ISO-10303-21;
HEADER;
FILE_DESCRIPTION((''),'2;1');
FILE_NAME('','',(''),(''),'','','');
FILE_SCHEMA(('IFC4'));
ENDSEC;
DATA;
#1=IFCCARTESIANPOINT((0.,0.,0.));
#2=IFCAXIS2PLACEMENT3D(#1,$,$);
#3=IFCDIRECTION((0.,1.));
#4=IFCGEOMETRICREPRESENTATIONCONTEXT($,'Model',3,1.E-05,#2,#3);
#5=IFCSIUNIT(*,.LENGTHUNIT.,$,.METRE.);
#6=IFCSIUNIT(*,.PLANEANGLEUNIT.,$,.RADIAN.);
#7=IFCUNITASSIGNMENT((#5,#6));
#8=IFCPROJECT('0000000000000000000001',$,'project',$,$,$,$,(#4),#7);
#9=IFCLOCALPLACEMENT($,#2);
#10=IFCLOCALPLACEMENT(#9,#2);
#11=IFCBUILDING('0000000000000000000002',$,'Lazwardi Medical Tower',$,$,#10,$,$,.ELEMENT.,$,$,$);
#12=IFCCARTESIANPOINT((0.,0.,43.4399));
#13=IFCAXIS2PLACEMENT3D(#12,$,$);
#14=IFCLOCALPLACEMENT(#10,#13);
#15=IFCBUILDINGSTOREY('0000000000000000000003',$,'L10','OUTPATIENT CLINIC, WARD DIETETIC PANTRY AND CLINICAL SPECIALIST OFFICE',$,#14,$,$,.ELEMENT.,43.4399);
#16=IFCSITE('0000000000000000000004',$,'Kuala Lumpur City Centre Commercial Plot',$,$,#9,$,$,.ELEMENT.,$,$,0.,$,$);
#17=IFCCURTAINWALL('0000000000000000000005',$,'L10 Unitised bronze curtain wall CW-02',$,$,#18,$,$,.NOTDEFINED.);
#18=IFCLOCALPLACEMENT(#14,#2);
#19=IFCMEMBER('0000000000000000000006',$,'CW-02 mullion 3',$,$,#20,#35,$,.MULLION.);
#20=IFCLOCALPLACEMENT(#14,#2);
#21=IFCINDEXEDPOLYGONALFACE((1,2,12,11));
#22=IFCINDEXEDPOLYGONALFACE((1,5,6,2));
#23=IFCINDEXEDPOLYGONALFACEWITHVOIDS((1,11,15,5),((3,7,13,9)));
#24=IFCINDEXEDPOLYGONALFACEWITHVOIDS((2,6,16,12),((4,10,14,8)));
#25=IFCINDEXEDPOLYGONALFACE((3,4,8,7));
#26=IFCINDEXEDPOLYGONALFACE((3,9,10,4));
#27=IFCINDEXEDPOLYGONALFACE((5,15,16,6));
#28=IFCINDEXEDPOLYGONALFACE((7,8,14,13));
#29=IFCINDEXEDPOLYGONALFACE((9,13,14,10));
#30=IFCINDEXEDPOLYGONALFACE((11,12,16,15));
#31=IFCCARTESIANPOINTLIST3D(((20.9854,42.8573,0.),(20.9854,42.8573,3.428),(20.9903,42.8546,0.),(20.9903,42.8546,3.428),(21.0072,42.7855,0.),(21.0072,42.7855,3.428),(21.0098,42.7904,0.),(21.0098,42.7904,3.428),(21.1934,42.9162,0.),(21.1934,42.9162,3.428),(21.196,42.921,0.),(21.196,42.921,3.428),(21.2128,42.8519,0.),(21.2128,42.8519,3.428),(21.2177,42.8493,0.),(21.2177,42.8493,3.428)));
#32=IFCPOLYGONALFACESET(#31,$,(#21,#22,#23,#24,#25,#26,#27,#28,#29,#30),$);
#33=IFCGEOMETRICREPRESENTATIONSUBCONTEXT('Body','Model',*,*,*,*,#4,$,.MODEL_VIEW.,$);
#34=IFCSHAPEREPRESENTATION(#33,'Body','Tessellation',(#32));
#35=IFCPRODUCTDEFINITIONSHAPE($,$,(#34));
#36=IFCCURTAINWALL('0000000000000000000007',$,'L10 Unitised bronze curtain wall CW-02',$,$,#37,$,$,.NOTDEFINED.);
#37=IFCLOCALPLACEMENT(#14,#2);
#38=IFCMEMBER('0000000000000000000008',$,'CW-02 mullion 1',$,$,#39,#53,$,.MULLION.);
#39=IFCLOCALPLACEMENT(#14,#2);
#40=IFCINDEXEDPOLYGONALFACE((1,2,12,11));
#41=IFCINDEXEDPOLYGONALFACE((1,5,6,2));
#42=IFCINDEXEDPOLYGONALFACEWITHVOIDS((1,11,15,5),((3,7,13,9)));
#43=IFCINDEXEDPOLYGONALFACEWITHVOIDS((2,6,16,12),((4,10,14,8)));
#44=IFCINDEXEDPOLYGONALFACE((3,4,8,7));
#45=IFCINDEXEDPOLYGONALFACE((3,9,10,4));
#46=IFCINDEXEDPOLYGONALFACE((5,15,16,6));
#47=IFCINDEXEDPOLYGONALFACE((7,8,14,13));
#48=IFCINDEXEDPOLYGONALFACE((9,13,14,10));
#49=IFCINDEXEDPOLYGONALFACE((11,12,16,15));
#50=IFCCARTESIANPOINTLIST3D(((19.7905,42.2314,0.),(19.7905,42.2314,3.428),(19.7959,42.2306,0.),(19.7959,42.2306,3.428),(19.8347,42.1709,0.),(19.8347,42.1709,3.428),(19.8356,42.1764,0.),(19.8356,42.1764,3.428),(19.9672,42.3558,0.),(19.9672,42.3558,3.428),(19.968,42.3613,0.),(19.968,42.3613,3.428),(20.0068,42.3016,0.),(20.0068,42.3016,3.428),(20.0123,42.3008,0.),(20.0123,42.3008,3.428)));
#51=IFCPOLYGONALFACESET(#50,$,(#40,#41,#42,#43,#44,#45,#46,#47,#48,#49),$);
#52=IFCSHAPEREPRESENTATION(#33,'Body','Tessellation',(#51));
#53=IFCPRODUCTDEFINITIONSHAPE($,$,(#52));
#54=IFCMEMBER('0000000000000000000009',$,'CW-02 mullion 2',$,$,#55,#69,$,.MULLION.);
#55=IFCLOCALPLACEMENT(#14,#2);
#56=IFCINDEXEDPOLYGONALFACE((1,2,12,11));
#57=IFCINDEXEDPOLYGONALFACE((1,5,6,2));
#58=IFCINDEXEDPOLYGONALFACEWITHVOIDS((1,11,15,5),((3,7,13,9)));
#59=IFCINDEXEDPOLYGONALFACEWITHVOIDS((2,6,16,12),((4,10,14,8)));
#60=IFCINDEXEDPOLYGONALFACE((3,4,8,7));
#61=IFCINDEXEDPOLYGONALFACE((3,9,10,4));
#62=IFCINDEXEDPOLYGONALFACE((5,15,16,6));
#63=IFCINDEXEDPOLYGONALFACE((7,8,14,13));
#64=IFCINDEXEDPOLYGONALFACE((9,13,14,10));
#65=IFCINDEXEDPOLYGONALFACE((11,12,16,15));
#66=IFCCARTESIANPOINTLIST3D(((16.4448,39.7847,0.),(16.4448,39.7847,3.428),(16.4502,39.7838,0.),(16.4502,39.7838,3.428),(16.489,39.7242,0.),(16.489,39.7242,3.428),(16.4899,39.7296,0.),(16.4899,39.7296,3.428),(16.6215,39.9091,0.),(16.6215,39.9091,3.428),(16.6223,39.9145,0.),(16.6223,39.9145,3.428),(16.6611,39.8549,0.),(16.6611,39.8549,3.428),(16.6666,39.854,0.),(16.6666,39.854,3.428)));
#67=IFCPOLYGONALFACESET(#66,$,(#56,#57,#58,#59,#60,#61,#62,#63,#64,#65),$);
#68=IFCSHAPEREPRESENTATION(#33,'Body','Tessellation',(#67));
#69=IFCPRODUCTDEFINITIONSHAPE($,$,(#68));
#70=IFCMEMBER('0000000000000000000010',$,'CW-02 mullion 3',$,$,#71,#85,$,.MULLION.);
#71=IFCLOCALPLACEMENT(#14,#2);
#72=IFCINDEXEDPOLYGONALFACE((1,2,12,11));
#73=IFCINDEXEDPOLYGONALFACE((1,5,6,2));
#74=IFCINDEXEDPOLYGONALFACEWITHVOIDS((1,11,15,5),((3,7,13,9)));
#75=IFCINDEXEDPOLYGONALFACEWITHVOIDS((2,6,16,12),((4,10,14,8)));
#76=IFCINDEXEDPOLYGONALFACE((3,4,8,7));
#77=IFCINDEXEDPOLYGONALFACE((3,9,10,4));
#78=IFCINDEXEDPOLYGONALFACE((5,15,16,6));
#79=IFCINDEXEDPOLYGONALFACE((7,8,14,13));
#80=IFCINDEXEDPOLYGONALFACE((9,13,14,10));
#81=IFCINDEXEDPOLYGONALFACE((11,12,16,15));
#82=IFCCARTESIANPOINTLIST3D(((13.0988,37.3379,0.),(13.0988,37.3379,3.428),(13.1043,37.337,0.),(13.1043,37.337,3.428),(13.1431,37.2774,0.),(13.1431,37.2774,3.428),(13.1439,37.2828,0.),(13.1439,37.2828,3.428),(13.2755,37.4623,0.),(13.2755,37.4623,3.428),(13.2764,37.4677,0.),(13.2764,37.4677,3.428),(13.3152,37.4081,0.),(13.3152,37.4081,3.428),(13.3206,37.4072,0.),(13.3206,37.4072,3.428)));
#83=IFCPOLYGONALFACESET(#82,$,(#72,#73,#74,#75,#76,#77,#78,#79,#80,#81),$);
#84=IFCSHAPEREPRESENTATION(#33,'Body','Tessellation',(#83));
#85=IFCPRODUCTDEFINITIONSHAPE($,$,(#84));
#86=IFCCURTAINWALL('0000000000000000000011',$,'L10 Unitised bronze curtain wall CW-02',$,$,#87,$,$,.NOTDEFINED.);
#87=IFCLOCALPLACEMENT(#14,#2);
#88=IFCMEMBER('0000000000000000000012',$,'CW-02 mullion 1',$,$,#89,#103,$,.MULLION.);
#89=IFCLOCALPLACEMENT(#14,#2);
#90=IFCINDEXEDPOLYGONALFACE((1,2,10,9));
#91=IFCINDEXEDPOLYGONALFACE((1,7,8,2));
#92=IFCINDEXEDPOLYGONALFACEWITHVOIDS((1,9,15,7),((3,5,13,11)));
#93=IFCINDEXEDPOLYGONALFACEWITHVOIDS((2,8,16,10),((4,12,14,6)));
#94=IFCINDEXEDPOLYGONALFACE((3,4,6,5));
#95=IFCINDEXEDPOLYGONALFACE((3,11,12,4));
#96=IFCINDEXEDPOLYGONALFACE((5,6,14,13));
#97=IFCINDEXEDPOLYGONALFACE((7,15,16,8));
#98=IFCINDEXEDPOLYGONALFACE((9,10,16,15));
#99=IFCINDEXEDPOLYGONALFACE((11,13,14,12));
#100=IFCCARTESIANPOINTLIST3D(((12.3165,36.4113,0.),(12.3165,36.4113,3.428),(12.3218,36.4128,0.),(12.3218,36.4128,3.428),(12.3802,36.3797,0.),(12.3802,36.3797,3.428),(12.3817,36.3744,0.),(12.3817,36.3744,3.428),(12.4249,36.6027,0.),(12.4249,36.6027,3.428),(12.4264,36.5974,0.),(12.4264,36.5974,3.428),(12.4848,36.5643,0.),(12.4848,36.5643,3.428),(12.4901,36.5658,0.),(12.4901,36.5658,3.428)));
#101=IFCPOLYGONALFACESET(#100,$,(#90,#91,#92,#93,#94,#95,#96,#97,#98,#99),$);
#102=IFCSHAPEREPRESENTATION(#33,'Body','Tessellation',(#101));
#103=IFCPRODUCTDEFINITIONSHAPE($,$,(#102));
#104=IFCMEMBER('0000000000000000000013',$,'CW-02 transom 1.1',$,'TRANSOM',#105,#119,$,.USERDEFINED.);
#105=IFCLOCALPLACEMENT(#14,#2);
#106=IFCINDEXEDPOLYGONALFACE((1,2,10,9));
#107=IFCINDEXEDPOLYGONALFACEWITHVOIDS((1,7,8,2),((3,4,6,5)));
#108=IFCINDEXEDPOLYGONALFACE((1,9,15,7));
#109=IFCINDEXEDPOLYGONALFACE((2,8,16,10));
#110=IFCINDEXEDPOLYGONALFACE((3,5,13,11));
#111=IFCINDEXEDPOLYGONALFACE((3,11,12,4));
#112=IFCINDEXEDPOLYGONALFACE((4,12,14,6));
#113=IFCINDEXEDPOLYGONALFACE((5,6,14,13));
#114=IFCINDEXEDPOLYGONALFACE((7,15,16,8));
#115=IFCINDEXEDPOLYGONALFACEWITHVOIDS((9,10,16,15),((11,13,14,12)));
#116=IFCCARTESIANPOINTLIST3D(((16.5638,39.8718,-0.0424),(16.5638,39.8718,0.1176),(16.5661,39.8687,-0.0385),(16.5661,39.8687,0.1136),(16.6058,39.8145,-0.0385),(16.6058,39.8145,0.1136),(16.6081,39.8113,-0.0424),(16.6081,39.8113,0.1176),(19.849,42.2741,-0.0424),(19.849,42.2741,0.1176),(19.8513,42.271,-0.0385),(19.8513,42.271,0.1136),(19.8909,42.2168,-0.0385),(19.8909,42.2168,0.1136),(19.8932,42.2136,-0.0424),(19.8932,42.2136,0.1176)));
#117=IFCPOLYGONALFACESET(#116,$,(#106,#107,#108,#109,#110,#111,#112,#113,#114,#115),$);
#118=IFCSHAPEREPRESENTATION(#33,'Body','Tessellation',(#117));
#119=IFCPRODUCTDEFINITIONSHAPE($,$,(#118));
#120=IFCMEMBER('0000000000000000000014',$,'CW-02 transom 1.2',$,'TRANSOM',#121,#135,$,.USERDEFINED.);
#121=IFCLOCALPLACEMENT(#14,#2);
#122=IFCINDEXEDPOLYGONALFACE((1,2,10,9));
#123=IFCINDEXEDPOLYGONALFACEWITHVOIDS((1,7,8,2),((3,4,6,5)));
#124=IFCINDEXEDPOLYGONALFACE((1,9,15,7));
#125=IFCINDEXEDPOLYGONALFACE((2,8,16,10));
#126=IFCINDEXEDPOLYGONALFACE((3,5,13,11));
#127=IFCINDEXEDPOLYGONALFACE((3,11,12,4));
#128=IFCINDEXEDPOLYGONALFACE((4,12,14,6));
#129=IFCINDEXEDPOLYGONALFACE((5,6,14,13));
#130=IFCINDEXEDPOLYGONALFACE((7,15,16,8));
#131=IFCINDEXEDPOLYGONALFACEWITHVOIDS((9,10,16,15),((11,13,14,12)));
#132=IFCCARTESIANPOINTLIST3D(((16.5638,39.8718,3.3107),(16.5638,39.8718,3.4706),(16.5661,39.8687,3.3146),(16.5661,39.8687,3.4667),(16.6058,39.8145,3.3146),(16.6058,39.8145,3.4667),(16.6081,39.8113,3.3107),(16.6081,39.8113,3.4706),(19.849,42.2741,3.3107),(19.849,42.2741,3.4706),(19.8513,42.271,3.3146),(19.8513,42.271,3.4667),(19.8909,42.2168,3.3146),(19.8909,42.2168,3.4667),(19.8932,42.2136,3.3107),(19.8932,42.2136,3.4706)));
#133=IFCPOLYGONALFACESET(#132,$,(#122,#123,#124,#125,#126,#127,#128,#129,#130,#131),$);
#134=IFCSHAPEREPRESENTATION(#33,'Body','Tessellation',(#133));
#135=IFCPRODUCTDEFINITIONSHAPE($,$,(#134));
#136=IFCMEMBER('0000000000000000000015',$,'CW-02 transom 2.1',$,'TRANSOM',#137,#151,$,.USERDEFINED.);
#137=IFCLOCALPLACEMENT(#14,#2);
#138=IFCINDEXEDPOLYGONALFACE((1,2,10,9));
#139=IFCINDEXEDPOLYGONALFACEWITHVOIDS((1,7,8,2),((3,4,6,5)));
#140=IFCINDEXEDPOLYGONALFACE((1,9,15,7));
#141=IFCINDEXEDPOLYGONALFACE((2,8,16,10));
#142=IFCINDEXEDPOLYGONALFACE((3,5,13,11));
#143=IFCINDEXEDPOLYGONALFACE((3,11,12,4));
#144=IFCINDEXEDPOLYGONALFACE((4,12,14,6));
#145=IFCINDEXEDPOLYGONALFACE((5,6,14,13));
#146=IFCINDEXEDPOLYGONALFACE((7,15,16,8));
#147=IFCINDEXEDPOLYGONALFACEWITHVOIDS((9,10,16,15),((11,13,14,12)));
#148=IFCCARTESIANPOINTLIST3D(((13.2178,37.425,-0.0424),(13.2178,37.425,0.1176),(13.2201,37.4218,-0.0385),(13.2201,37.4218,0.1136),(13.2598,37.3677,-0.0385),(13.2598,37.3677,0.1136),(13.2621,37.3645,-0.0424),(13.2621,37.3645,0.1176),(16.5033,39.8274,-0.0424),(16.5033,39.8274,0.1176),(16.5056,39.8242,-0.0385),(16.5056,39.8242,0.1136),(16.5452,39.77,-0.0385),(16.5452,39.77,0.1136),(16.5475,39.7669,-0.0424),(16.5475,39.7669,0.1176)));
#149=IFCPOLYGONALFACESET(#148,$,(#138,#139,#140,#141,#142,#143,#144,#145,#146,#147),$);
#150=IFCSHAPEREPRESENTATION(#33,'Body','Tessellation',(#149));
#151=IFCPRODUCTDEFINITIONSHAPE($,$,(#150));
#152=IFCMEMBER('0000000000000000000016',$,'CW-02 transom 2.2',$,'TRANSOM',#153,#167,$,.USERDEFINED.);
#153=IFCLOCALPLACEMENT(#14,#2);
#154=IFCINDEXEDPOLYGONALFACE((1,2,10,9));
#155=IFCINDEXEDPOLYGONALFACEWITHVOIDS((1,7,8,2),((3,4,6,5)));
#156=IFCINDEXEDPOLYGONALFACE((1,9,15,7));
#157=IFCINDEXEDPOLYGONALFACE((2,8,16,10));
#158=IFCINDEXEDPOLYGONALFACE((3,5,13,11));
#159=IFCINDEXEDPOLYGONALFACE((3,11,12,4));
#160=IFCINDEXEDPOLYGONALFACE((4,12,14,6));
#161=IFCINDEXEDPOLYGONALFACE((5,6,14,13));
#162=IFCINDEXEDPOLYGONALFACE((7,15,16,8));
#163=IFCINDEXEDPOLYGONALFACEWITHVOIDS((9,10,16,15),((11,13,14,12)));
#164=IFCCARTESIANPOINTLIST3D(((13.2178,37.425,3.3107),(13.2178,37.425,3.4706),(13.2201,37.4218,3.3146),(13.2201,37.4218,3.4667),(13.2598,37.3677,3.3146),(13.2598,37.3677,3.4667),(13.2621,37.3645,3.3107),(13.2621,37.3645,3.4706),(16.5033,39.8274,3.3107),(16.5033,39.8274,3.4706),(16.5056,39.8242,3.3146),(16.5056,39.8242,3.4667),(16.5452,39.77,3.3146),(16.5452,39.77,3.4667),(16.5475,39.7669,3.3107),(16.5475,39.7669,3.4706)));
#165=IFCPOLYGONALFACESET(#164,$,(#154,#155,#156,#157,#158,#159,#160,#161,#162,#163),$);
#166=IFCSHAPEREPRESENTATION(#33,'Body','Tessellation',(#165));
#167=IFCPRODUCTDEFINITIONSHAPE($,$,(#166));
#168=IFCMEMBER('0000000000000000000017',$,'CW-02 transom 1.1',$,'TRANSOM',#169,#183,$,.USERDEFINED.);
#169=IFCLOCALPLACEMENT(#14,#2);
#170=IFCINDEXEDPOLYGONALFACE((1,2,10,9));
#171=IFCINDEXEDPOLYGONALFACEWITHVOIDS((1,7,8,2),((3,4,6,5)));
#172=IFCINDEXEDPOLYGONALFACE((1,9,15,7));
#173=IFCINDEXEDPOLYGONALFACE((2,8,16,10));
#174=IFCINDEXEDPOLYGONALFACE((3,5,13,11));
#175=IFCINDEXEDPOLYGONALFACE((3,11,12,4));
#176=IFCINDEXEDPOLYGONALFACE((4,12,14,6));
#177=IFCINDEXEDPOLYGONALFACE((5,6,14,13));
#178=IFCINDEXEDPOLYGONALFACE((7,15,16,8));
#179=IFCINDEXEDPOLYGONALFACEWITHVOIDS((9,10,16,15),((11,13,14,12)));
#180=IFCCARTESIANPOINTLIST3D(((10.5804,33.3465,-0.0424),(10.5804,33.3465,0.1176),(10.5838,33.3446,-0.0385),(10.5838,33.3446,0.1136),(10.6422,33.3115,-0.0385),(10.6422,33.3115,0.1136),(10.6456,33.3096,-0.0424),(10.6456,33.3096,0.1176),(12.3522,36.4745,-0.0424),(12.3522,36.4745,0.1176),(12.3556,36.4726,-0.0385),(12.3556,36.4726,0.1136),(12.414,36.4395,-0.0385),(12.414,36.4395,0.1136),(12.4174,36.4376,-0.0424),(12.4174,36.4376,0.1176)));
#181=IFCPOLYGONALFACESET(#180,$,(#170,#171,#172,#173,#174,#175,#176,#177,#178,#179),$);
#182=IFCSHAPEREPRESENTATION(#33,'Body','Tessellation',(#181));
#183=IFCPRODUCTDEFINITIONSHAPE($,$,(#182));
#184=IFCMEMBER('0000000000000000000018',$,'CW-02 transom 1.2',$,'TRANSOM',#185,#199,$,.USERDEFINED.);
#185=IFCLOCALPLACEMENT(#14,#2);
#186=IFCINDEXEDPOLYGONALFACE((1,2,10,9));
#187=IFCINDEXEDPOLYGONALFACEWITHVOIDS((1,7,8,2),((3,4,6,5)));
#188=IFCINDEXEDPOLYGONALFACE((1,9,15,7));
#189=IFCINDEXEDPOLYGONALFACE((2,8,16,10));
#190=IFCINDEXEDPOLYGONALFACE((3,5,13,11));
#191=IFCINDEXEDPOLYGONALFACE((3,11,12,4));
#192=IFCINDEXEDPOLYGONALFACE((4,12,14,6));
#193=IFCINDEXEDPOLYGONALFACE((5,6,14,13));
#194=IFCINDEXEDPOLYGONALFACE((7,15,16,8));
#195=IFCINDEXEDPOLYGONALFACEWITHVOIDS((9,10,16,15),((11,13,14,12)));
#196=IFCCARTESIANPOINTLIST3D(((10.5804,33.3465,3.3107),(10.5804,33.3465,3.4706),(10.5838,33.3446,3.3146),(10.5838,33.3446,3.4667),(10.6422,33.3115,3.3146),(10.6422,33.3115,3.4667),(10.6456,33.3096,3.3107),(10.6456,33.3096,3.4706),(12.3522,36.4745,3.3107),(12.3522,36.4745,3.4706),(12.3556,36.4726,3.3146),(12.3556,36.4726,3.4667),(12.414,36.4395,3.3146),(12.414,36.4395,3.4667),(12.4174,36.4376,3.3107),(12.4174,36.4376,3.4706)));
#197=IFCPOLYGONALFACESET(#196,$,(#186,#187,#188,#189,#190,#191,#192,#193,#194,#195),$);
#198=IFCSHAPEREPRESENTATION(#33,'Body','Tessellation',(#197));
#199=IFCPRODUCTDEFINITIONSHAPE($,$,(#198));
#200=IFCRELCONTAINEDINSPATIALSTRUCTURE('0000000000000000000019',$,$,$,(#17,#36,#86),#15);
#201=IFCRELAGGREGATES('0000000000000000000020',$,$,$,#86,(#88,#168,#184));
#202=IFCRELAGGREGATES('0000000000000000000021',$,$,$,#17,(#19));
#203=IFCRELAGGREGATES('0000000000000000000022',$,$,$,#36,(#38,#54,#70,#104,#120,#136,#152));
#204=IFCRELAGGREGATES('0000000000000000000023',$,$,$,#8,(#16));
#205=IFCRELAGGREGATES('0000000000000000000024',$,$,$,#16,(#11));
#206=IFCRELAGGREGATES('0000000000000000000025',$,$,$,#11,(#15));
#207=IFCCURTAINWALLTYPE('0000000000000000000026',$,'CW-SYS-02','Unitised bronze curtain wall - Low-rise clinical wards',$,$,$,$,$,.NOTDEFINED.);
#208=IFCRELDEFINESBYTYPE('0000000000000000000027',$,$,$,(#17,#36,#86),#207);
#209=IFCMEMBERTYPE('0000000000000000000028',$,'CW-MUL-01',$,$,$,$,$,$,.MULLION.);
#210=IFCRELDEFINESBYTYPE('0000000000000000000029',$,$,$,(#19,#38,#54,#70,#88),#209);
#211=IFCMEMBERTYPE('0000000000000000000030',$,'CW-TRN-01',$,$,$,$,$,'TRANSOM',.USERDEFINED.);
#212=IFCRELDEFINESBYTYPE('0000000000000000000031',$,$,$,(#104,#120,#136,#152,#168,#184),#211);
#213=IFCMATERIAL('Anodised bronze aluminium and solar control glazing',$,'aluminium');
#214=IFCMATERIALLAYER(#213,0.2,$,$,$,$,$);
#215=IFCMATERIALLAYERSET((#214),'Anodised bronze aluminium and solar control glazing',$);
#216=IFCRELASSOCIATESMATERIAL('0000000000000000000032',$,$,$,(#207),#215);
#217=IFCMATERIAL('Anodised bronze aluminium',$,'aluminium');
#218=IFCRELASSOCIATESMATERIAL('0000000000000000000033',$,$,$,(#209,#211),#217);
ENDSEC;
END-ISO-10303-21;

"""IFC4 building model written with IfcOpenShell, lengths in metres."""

from ifc_helpers import new_model, si_unit, direction, frame, origin, origin_2d, place, context, subcontext, project, spatial, hollow_rectangle, extrude, material, layer, layer_set, material_profile, profile_set, type_object, element, aggregate, save


model = new_model("IFC4")

# Units and contexts
model_context = context("Model", 3, precision=1e-05, world=origin(), true_north=direction((0.0, 1.0)))
body_context = subcontext(model_context, "Body", "Model", "MODEL_VIEW")
ifc_project = project(units=[si_unit("LENGTHUNIT", "METRE"), si_unit("PLANEANGLEUNIT", "RADIAN")], contexts=[model_context])

# Site, building, storey
site_placement = place(None, origin())
site = spatial("IfcSite", under=ifc_project, at=site_placement, Name="Kuala Lumpur City Centre Commercial Plot", CompositionType="ELEMENT", RefElevation=0.0)
building_placement = place(site_placement, origin())
building = spatial("IfcBuilding", under=site, at=building_placement, Name="Lazwardi Medical Tower", CompositionType="ELEMENT")
storey_placement = place(building_placement, frame((0.0, 0.0, 43.4399)))
storey = spatial("IfcBuildingStorey", under=building, at=storey_placement, Name="L10", Description="OUTPATIENT CLINIC, WARD DIETETIC PANTRY AND CLINICAL SPECIALIST OFFICE", CompositionType="ELEMENT", Elevation=43.4399)

# Curtain wall, member
ifc_material_1 = material(Name="Anodised bronze aluminium and solar control glazing", Category="aluminium")
ifc_layer_1 = layer(ifc_material_1, 0.2)
ifc_layer_set_1 = layer_set([ifc_layer_1], Name="Anodised bronze aluminium and solar control glazing")
curtain_wall_type = type_object("IfcCurtainWallType", Name="CW-SYS-02", Description="Unitised bronze curtain wall - Low-rise clinical wards", PredefinedType="NOTDEFINED", material=ifc_layer_set_1)
curtain_wall_1_placement = place(storey_placement, origin())
curtain_wall_1 = element("IfcCurtainWall", 1, at=curtain_wall_1_placement, inside=storey, type_object=curtain_wall_type, Name="L10 Unitised bronze curtain wall CW-02", PredefinedType="NOTDEFINED")
ifc_material_2 = material(Name="Anodised bronze aluminium", Category="aluminium")
ifc_material_profile_1 = material_profile(ifc_material_2, hollow_rectangle(XDim=0.075, YDim=0.22, WallThickness=0.0039, at=origin_2d()), Name="ALU-MULLION 220x75x4")
ifc_profile_set_1 = profile_set([ifc_material_profile_1], Name="Anodised bronze aluminium")
member_type_1 = type_object("IfcMemberType", Name="CW-MUL-01", PredefinedType="MULLION", material=ifc_profile_set_1)
member_1_placement = place(storey_placement, frame((21.1016, 42.8533, 0.0), z_axis=(0.0, 0.0, 1.0), x_axis=(0.289896, -0.957058, 0.0)))
member_1 = element("IfcMember", 2, at=member_1_placement, type_object=member_type_1, Name="CW-02 mullion 3", PredefinedType="MULLION", context=body_context, shape_type="SweptSolid", body=[
    extrude(hollow_rectangle(XDim=0.075, YDim=0.22, WallThickness=0.0039, at=origin_2d()), origin(), (0.0, 0.0, 1.0), 3.428),
])

# Curtain wall, members
curtain_wall_2_placement = place(storey_placement, origin())
curtain_wall_2 = element("IfcCurtainWall", 3, at=curtain_wall_2_placement, inside=storey, type_object=curtain_wall_type, Name="L10 Unitised bronze curtain wall CW-02", PredefinedType="NOTDEFINED")
member_2_placement = place(storey_placement, frame((19.9014, 42.2661, 0.0), z_axis=(0.0, 0.0, 1.0), x_axis=(0.590289, -0.807192, 0.0)))
member_2 = element("IfcMember", 4, at=member_2_placement, type_object=member_type_1, Name="CW-02 mullion 1", PredefinedType="MULLION", context=body_context, shape_type="SweptSolid", body=[
    extrude(hollow_rectangle(XDim=0.075, YDim=0.22, WallThickness=0.0039, at=origin_2d()), origin(), (0.0, 0.0, 1.0), 3.428),
])
member_3_placement = place(storey_placement, frame((16.5557, 39.8193, 0.0), z_axis=(0.0, 0.0, 1.0), x_axis=(0.590289, -0.807192, 0.0)))
member_3 = element("IfcMember", 5, at=member_3_placement, type_object=member_type_1, Name="CW-02 mullion 2", PredefinedType="MULLION", context=body_context, shape_type="SweptSolid", body=[
    extrude(hollow_rectangle(XDim=0.075, YDim=0.22, WallThickness=0.0039, at=origin_2d()), origin(), (0.0, 0.0, 1.0), 3.428),
])
member_4_placement = place(storey_placement, frame((13.2097, 37.3726, 0.0), z_axis=(0.0, 0.0, 1.0), x_axis=(0.590289, -0.807192, 0.0)))
member_4 = element("IfcMember", 6, at=member_4_placement, type_object=member_type_1, Name="CW-02 mullion 3", PredefinedType="MULLION", context=body_context, shape_type="SweptSolid", body=[
    extrude(hollow_rectangle(XDim=0.075, YDim=0.22, WallThickness=0.0039, at=origin_2d()), origin(), (0.0, 0.0, 1.0), 3.428),
])

# Curtain wall, member
curtain_wall_3_placement = place(storey_placement, origin())
curtain_wall_3 = element("IfcCurtainWall", 7, at=curtain_wall_3_placement, inside=storey, type_object=curtain_wall_type, Name="L10 Unitised bronze curtain wall CW-02", PredefinedType="NOTDEFINED")
member_5_placement = place(storey_placement, frame((12.4033, 36.4885, 0.0), z_axis=(0.0, 0.0, 1.0), x_axis=(0.870112, -0.492854, 0.0)))
member_5 = element("IfcMember", 8, at=member_5_placement, type_object=member_type_1, Name="CW-02 mullion 1", PredefinedType="MULLION", context=body_context, shape_type="SweptSolid", body=[
    extrude(hollow_rectangle(XDim=0.075, YDim=0.22, WallThickness=0.0039, at=origin_2d()), origin(), (0.0, 0.0, 1.0), 3.428),
])

# Members
ifc_material_profile_2 = material_profile(ifc_material_2, hollow_rectangle(XDim=0.075, YDim=0.1599, WallThickness=0.0039, at=origin_2d()), Name="ALU-TRANSOM 160x75x4")
ifc_profile_set_2 = profile_set([ifc_material_profile_2], Name="Anodised bronze aluminium")
member_type_2 = type_object("IfcMemberType", Name="CW-TRN-01", ElementType="TRANSOM", PredefinedType="USERDEFINED", material=ifc_profile_set_2)
member_6_placement = place(storey_placement, frame((19.8711, 42.2439, 0.0376), z_axis=(-0.807198, -0.590281, 0.0), x_axis=(0.590281, -0.807198, 0.0)))
member_6 = element("IfcMember", 9, at=member_6_placement, type_object=member_type_2, Name="CW-02 transom 1.1", ObjectType="TRANSOM", PredefinedType="USERDEFINED", context=body_context, shape_type="SweptSolid", body=[
    extrude(hollow_rectangle(XDim=0.075, YDim=0.1599, WallThickness=0.0039, at=origin_2d()), origin(), (0.0, 0.0, 1.0), 4.0698),
])
member_7_placement = place(storey_placement, frame((19.8711, 42.2439, 3.3906), z_axis=(-0.807198, -0.590281, 0.0), x_axis=(0.590281, -0.807198, 0.0)))
member_7 = element("IfcMember", 10, at=member_7_placement, type_object=member_type_2, Name="CW-02 transom 1.2", ObjectType="TRANSOM", PredefinedType="USERDEFINED", context=body_context, shape_type="SweptSolid", body=[
    extrude(hollow_rectangle(XDim=0.075, YDim=0.1599, WallThickness=0.0039, at=origin_2d()), origin(), (0.0, 0.0, 1.0), 4.0698),
])
member_8_placement = place(storey_placement, frame((16.5254, 39.7971, 0.0376), z_axis=(-0.807219, -0.590253, 0.0), x_axis=(0.590253, -0.807219, 0.0)))
member_8 = element("IfcMember", 11, at=member_8_placement, type_object=member_type_2, Name="CW-02 transom 2.1", ObjectType="TRANSOM", PredefinedType="USERDEFINED", context=body_context, shape_type="SweptSolid", body=[
    extrude(hollow_rectangle(XDim=0.075, YDim=0.1599, WallThickness=0.0039, at=origin_2d()), origin(), (0.0, 0.0, 1.0), 4.0701),
])
member_9_placement = place(storey_placement, frame((16.5254, 39.7971, 3.3906), z_axis=(-0.807219, -0.590253, 0.0), x_axis=(0.590253, -0.807219, 0.0)))
member_9 = element("IfcMember", 12, at=member_9_placement, type_object=member_type_2, Name="CW-02 transom 2.2", ObjectType="TRANSOM", PredefinedType="USERDEFINED", context=body_context, shape_type="SweptSolid", body=[
    extrude(hollow_rectangle(XDim=0.075, YDim=0.1599, WallThickness=0.0039, at=origin_2d()), origin(), (0.0, 0.0, 1.0), 4.0701),
])
member_10_placement = place(storey_placement, frame((12.3848, 36.4561, 0.0376), z_axis=(-0.492851, -0.870113, 0.0), x_axis=(0.870113, -0.492851, 0.0)))
member_10 = element("IfcMember", 13, at=member_10_placement, type_object=member_type_2, Name="CW-02 transom 1.1", ObjectType="TRANSOM", PredefinedType="USERDEFINED", context=body_context, shape_type="SweptSolid", body=[
    extrude(hollow_rectangle(XDim=0.075, YDim=0.1599, WallThickness=0.0039, at=origin_2d()), origin(), (0.0, 0.0, 1.0), 3.595),
])
member_11_placement = place(storey_placement, frame((12.3848, 36.4561, 3.3906), z_axis=(-0.492851, -0.870113, 0.0), x_axis=(0.870113, -0.492851, 0.0)))
member_11 = element("IfcMember", 14, at=member_11_placement, type_object=member_type_2, Name="CW-02 transom 1.2", ObjectType="TRANSOM", PredefinedType="USERDEFINED", context=body_context, shape_type="SweptSolid", body=[
    extrude(hollow_rectangle(XDim=0.075, YDim=0.1599, WallThickness=0.0039, at=origin_2d()), origin(), (0.0, 0.0, 1.0), 3.595),
])
aggregate(curtain_wall_3, [member_5, member_10, member_11])

aggregate(curtain_wall_1, [member_1])
aggregate(curtain_wall_2, [member_2, member_3, member_4, member_6, member_7, member_8, member_9])

save(model, "model.ifc")
